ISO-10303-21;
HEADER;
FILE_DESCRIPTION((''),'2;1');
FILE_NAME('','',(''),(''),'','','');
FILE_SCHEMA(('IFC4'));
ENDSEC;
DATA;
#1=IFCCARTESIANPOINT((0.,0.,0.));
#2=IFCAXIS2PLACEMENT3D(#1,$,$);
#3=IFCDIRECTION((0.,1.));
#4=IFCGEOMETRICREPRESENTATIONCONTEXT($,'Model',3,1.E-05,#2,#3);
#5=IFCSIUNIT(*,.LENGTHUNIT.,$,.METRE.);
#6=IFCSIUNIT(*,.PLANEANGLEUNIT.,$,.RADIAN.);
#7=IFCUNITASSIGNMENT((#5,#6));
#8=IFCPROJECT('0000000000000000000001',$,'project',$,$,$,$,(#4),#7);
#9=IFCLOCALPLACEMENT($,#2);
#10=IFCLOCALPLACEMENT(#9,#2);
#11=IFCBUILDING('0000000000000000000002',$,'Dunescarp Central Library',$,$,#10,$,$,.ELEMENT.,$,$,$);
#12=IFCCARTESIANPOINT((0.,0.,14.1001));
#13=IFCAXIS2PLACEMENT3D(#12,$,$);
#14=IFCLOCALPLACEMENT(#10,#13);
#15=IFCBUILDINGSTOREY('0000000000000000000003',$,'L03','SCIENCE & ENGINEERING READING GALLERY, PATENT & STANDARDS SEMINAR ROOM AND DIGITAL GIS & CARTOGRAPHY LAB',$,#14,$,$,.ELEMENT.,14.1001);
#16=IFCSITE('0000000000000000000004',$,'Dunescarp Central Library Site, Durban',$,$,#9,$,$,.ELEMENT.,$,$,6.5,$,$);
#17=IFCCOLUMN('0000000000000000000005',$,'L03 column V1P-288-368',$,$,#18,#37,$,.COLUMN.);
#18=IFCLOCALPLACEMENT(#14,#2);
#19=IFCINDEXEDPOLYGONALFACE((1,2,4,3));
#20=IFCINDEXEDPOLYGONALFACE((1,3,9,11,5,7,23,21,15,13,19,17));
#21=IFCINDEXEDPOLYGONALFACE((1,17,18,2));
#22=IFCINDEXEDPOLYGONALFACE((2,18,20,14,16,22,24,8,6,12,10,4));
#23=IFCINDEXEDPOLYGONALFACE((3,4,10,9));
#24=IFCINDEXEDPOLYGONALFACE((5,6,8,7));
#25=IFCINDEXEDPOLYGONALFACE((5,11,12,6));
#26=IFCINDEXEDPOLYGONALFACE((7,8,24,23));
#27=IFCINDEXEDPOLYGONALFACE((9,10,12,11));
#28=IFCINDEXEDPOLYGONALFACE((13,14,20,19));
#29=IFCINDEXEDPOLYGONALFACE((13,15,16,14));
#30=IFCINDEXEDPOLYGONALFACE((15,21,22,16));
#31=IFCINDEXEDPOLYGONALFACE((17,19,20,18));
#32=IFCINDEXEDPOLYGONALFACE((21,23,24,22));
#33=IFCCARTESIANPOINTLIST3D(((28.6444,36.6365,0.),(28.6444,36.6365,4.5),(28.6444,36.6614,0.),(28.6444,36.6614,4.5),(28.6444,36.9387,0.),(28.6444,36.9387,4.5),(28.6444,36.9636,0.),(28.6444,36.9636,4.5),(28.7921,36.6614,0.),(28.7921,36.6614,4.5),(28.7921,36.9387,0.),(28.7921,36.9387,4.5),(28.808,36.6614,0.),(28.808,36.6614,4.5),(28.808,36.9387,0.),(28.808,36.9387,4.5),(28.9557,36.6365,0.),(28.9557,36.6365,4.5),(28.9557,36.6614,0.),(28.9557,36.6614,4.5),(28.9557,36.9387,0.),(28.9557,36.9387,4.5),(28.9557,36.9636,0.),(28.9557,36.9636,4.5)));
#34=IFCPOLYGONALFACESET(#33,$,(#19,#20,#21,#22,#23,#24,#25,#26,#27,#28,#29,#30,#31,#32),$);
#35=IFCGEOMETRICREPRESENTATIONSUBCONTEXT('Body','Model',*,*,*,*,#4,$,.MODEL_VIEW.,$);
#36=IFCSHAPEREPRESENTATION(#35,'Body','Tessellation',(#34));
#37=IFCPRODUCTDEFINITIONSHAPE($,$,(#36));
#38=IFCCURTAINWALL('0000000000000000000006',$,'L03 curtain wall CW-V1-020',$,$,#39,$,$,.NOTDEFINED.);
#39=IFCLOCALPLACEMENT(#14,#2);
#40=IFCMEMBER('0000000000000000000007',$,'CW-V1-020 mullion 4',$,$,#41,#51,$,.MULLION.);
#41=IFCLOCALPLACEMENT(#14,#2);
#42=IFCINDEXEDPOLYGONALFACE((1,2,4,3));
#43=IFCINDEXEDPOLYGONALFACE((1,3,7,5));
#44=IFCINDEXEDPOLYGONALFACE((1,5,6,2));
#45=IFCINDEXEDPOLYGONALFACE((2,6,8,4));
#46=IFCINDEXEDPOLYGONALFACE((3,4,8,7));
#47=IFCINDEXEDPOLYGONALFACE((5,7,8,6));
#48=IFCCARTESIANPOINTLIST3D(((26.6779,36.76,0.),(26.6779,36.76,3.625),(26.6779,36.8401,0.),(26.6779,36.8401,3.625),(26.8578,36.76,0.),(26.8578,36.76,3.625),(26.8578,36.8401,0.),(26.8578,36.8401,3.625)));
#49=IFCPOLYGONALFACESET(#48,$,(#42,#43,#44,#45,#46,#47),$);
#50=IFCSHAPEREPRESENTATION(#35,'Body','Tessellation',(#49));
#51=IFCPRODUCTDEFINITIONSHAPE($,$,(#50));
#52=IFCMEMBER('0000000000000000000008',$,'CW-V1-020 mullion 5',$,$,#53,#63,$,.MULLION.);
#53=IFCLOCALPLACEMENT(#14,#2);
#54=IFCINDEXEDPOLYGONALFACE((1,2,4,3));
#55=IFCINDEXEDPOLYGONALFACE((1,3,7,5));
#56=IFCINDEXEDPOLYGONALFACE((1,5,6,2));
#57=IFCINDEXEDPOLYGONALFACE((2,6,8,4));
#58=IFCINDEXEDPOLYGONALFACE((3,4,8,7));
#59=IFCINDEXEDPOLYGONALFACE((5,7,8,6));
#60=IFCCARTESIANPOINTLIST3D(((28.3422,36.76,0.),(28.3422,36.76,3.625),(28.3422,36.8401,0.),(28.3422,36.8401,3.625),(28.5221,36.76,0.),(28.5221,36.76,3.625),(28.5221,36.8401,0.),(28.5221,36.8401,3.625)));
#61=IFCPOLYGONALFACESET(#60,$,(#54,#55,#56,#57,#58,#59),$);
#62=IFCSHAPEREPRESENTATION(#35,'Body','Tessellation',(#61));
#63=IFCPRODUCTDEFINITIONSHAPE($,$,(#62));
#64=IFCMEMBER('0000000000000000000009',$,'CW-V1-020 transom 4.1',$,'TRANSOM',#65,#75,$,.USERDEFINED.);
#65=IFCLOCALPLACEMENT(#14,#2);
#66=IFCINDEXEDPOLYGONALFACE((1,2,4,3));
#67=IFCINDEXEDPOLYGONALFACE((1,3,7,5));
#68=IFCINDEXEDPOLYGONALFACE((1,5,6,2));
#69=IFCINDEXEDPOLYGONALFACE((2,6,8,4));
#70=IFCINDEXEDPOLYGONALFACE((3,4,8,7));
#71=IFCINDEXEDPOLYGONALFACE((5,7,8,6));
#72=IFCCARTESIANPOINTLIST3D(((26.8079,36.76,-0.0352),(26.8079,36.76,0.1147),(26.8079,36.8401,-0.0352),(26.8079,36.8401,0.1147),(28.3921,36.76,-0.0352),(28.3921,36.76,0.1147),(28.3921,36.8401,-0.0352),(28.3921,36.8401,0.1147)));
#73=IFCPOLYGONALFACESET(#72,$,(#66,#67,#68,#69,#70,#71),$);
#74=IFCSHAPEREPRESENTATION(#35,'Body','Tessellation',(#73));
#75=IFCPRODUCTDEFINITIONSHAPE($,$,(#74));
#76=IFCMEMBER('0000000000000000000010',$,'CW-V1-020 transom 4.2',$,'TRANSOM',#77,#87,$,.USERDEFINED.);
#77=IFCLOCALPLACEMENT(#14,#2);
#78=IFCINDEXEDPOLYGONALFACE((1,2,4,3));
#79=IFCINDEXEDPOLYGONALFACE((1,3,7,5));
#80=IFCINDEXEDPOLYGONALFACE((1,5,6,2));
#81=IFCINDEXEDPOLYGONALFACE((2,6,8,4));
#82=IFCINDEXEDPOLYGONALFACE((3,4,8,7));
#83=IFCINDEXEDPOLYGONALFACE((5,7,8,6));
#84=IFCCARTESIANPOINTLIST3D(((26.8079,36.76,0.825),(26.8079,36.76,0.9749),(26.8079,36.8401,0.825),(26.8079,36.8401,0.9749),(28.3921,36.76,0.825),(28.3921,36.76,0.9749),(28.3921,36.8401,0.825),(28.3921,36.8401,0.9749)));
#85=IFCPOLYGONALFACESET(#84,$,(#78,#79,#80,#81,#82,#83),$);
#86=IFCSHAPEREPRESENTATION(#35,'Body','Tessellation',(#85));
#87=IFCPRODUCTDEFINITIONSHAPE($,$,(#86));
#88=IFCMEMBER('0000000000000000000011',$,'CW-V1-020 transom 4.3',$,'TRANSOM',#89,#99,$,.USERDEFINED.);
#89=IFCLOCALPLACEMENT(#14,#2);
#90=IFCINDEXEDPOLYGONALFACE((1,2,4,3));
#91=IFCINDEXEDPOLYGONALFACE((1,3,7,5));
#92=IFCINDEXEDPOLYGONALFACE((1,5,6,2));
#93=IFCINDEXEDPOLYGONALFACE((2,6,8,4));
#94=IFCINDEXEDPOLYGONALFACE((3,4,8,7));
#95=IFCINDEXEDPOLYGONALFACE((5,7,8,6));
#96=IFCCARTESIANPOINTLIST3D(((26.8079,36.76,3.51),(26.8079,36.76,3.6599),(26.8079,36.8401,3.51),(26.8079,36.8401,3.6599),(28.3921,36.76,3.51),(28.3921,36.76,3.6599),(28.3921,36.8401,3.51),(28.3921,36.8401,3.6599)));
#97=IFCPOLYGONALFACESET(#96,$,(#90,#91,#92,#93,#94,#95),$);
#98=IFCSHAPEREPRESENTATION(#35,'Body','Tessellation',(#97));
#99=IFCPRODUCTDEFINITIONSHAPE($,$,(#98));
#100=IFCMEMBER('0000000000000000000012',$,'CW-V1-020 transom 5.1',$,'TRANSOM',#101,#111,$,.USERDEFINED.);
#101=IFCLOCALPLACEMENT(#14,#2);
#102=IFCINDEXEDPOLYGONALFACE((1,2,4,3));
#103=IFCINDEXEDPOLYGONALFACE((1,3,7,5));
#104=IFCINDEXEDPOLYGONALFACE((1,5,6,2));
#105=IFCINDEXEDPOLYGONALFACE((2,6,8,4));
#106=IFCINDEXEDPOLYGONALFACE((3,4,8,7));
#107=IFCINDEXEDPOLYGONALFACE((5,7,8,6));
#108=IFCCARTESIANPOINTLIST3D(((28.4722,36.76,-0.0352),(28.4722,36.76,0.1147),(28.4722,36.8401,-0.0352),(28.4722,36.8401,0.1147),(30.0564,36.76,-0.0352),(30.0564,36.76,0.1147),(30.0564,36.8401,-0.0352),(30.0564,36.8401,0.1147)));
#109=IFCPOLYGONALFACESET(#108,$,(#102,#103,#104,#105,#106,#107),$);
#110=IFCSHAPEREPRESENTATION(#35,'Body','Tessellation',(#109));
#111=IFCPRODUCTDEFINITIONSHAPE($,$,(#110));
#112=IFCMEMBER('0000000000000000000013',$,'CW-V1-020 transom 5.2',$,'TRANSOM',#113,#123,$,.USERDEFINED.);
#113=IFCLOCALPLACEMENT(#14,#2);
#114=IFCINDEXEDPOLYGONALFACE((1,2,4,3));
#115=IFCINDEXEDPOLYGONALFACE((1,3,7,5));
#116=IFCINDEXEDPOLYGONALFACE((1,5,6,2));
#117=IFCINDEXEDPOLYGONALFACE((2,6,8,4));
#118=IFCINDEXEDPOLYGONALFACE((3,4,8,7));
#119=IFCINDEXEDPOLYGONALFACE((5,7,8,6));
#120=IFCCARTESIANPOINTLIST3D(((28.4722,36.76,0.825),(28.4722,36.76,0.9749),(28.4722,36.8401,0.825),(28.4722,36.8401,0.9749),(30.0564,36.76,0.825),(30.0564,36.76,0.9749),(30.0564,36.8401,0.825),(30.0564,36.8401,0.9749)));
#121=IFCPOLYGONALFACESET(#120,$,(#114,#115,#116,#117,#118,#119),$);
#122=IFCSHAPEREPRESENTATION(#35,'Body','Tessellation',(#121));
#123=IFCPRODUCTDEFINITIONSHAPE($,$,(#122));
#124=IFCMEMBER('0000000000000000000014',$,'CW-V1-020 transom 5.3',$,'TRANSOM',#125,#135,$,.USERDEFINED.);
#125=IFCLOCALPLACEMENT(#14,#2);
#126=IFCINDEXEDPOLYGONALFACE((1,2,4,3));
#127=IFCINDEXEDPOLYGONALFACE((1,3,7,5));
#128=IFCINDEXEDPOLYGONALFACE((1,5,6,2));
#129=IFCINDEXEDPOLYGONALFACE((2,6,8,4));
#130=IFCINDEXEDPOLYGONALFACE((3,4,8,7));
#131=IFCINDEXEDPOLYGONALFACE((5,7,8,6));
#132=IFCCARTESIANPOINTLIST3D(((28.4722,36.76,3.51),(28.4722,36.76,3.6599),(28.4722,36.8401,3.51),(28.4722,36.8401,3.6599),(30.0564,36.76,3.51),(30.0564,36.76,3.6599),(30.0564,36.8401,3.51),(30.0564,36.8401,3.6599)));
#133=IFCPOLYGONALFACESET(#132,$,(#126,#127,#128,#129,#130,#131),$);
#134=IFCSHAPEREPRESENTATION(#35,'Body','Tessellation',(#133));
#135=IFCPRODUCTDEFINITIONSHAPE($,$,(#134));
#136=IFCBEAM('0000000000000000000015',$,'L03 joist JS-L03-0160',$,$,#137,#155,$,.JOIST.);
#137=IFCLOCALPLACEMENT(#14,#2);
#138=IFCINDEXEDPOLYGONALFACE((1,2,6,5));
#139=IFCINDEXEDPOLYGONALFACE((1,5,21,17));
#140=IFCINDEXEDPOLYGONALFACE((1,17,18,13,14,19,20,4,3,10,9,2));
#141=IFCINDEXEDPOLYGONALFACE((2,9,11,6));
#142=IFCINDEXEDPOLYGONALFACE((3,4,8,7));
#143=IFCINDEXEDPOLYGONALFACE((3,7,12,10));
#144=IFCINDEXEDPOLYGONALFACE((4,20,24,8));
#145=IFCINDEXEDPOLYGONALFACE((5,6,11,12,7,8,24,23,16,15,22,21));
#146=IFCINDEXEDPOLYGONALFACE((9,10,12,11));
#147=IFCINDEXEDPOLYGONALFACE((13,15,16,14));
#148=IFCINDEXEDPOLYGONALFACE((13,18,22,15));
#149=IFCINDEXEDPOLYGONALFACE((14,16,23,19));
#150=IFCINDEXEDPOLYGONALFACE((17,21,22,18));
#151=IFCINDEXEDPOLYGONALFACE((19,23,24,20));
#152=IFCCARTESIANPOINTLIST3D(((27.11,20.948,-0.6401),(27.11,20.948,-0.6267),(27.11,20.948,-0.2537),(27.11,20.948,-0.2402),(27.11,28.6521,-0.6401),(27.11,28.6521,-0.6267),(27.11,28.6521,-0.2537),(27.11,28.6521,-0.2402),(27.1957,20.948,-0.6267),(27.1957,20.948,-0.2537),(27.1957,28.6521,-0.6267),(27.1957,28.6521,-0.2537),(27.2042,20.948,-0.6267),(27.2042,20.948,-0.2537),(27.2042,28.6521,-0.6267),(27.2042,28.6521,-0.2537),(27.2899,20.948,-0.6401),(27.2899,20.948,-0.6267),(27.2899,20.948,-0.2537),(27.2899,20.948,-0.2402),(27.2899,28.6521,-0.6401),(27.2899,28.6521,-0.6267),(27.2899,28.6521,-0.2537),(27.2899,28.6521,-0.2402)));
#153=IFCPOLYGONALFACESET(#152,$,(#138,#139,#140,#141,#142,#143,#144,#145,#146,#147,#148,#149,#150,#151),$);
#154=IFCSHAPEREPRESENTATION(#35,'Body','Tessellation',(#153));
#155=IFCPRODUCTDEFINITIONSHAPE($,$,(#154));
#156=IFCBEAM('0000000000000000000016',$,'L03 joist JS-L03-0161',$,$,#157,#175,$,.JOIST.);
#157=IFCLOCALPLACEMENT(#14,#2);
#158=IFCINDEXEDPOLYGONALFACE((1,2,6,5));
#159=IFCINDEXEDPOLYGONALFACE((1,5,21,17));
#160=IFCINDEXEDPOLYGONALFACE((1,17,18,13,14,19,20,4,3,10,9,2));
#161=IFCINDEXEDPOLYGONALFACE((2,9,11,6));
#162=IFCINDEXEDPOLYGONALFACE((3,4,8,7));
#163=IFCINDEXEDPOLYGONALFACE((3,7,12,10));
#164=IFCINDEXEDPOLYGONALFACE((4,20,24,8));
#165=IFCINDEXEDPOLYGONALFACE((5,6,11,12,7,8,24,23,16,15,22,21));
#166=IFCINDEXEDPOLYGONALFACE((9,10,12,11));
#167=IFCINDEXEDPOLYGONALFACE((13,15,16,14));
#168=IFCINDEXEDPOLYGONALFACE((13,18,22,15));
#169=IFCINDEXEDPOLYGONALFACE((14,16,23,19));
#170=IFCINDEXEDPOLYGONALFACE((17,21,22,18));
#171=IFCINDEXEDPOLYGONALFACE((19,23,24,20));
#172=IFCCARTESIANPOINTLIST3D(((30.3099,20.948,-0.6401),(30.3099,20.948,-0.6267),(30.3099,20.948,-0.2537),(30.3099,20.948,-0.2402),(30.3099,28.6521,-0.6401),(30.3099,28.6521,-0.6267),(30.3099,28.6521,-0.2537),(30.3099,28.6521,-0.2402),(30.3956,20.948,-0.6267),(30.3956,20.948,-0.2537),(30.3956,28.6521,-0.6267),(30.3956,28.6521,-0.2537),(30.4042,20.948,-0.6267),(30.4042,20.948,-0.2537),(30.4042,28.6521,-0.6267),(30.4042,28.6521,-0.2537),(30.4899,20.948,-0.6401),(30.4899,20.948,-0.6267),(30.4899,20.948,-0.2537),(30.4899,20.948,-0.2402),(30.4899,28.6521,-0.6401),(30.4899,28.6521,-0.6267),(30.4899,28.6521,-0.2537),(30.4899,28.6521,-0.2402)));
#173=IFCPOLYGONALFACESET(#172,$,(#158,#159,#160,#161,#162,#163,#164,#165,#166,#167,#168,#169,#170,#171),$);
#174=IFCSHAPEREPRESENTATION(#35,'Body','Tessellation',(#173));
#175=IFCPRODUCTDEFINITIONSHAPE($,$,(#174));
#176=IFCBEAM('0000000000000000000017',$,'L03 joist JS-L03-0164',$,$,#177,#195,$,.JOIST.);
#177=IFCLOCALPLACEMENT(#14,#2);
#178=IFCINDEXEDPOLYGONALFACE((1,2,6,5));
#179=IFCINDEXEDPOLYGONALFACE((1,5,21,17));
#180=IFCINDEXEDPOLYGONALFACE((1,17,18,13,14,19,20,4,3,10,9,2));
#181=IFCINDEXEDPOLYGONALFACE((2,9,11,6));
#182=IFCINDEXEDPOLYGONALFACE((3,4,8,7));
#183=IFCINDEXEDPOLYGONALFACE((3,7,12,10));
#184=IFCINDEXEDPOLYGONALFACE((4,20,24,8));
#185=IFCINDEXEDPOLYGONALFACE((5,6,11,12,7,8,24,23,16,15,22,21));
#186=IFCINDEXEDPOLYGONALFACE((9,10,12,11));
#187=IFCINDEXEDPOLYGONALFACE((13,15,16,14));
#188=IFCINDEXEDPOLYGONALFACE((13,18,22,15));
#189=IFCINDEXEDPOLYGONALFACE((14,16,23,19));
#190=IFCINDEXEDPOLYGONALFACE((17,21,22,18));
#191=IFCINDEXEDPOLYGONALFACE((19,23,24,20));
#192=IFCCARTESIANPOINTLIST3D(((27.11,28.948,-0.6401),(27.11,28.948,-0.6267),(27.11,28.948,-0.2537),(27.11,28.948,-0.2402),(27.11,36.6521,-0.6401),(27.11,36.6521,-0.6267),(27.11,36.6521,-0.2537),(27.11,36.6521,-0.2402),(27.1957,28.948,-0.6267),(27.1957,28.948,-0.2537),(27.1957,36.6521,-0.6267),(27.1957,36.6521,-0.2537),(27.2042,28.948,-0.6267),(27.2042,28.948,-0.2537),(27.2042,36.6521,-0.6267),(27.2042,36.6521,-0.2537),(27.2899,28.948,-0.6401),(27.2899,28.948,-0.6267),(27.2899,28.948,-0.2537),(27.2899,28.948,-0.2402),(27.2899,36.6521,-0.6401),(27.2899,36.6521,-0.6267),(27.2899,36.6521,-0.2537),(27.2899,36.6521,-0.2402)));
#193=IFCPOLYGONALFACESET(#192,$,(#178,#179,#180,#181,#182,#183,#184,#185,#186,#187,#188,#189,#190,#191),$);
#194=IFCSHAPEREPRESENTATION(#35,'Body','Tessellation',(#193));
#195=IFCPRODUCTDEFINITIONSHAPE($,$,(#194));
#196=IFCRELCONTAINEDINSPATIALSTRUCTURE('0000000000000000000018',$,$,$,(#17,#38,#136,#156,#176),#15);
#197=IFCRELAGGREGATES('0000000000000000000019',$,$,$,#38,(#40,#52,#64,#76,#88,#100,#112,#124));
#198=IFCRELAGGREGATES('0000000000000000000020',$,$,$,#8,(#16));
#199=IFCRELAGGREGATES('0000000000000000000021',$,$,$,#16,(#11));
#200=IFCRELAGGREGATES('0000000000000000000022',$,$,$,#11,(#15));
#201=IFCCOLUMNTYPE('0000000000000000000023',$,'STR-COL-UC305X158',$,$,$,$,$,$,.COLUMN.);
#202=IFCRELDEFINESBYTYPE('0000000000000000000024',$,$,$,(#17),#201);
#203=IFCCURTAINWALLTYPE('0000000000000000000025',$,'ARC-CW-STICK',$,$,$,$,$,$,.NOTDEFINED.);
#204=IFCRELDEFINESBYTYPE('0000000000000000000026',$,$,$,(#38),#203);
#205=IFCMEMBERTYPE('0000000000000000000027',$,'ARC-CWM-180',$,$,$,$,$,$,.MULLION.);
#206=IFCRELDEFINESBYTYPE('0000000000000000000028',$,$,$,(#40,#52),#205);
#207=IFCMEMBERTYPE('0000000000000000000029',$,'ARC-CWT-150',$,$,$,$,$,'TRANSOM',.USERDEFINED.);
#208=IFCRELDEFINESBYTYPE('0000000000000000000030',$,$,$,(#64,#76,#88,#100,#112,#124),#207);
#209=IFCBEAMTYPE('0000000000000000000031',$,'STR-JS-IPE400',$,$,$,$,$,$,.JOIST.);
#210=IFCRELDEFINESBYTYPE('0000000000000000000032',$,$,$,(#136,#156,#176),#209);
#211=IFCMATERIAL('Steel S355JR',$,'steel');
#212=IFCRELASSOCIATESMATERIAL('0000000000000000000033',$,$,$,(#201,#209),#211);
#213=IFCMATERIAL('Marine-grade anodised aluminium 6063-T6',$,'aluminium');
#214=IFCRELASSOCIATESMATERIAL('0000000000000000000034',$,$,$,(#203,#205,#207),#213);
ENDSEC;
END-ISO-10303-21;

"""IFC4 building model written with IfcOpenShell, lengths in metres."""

from ifc_helpers import new_model, si_unit, direction, frame, origin, origin_2d, place, context, subcontext, project, spatial, rectangle, i_section, extrude, material, material_profile, profile_set, type_object, element, aggregate, save


model = new_model("IFC4")

# Units and contexts
model_context = context("Model", 3, precision=1e-05, world=origin(), true_north=direction((0.0, 1.0)))
body_context = subcontext(model_context, "Body", "Model", "MODEL_VIEW")
ifc_project = project(units=[si_unit("LENGTHUNIT", "METRE"), si_unit("PLANEANGLEUNIT", "RADIAN")], contexts=[model_context])

# Site, building, storey
site_placement = place(None, origin())
site = spatial("IfcSite", under=ifc_project, at=site_placement, Name="Dunescarp Central Library Site, Durban", CompositionType="ELEMENT", RefElevation=6.5)
building_placement = place(site_placement, origin())
building = spatial("IfcBuilding", under=site, at=building_placement, Name="Dunescarp Central Library", CompositionType="ELEMENT")
storey_placement = place(building_placement, frame((0.0, 0.0, 14.1001)))
storey = spatial("IfcBuildingStorey", under=building, at=storey_placement, Name="L03", Description="SCIENCE & ENGINEERING READING GALLERY, PATENT & STANDARDS SEMINAR ROOM AND DIGITAL GIS & CARTOGRAPHY LAB", CompositionType="ELEMENT", Elevation=14.1001)

# Column
ifc_material_1 = material(Name="Steel S355JR", Category="steel")
ifc_material_profile_1 = material_profile(ifc_material_1, i_section(OverallWidth=0.3113, OverallDepth=0.3271, WebThickness=0.0159, FlangeThickness=0.0249, at=origin_2d()), Name="UC 305x305x158")
ifc_profile_set_1 = profile_set([ifc_material_profile_1], Name="Steel S355JR")
column_type = type_object("IfcColumnType", Name="STR-COL-UC305X158", PredefinedType="COLUMN", material=ifc_profile_set_1)
column_placement = place(storey_placement, frame((28.8, 36.8, 0.0), z_axis=(0.0, 0.0, 1.0), x_axis=(1.0, 0.0, 0.0)))
element("IfcColumn", 1, at=column_placement, inside=storey, type_object=column_type, Name="L03 column V1P-288-368", PredefinedType="COLUMN", context=body_context, shape_type="SweptSolid", body=[
    extrude(i_section(OverallWidth=0.3113, OverallDepth=0.3271, WebThickness=0.0159, FlangeThickness=0.0249, at=origin_2d()), origin(), (0.0, 0.0, 1.0), 4.5),
])

# Curtain wall, members
ifc_material_2 = material(Name="Marine-grade anodised aluminium 6063-T6", Category="aluminium")
curtain_wall_type = type_object("IfcCurtainWallType", Name="ARC-CW-STICK", PredefinedType="NOTDEFINED", material=ifc_material_2)
curtain_wall_placement = place(storey_placement, origin())
curtain_wall = element("IfcCurtainWall", 2, at=curtain_wall_placement, inside=storey, type_object=curtain_wall_type, Name="L03 curtain wall CW-V1-020", PredefinedType="NOTDEFINED")
ifc_material_profile_2 = material_profile(ifc_material_2, rectangle(XDim=0.0801, YDim=0.1799, at=origin_2d()), Name="AL 80x180")
ifc_profile_set_2 = profile_set([ifc_material_profile_2], Name="Marine-grade anodised aluminium 6063-T6")
member_type_1 = type_object("IfcMemberType", Name="ARC-CWM-180", PredefinedType="MULLION", material=ifc_profile_set_2)
member_1_placement = place(storey_placement, frame((26.7678, 36.8, 0.0), z_axis=(0.0, 0.0, 1.0), x_axis=(0.0, 1.0, 0.0)))
member_1 = element("IfcMember", 3, at=member_1_placement, type_object=member_type_1, Name="CW-V1-020 mullion 4", PredefinedType="MULLION", context=body_context, shape_type="SweptSolid", body=[
    extrude(rectangle(XDim=0.0801, YDim=0.1799, at=origin_2d()), origin(), (0.0, 0.0, 1.0), 3.625),
])
member_2_placement = place(storey_placement, frame((28.4321, 36.8, 0.0), z_axis=(0.0, 0.0, 1.0), x_axis=(0.0, 1.0, 0.0)))
member_2 = element("IfcMember", 4, at=member_2_placement, type_object=member_type_1, Name="CW-V1-020 mullion 5", PredefinedType="MULLION", context=body_context, shape_type="SweptSolid", body=[
    extrude(rectangle(XDim=0.0801, YDim=0.1799, at=origin_2d()), origin(), (0.0, 0.0, 1.0), 3.625),
])
ifc_material_profile_3 = material_profile(ifc_material_2, rectangle(XDim=0.0801, YDim=0.1499, at=origin_2d()), Name="AL 80x150")
ifc_profile_set_3 = profile_set([ifc_material_profile_3], Name="Marine-grade anodised aluminium 6063-T6")
member_type_2 = type_object("IfcMemberType", Name="ARC-CWT-150", ElementType="TRANSOM", PredefinedType="USERDEFINED", material=ifc_profile_set_3)
member_3_placement = place(storey_placement, frame((26.8079, 36.8, 0.0398), z_axis=(1.0, 0.0, 0.0), x_axis=(0.0, 1.0, 0.0)))
member_3 = element("IfcMember", 5, at=member_3_placement, type_object=member_type_2, Name="CW-V1-020 transom 4.1", ObjectType="TRANSOM", PredefinedType="USERDEFINED", context=body_context, shape_type="SweptSolid", body=[
    extrude(rectangle(XDim=0.0801, YDim=0.1499, at=origin_2d()), origin(), (0.0, 0.0, 1.0), 1.5842),
])
member_4_placement = place(storey_placement, frame((26.8079, 36.8, 0.8999), z_axis=(1.0, 0.0, 0.0), x_axis=(0.0, 1.0, 0.0)))
member_4 = element("IfcMember", 6, at=member_4_placement, type_object=member_type_2, Name="CW-V1-020 transom 4.2", ObjectType="TRANSOM", PredefinedType="USERDEFINED", context=body_context, shape_type="SweptSolid", body=[
    extrude(rectangle(XDim=0.0801, YDim=0.1499, at=origin_2d()), origin(), (0.0, 0.0, 1.0), 1.5842),
])
member_5_placement = place(storey_placement, frame((26.8079, 36.8, 3.585), z_axis=(1.0, 0.0, 0.0), x_axis=(0.0, 1.0, 0.0)))
member_5 = element("IfcMember", 7, at=member_5_placement, type_object=member_type_2, Name="CW-V1-020 transom 4.3", ObjectType="TRANSOM", PredefinedType="USERDEFINED", context=body_context, shape_type="SweptSolid", body=[
    extrude(rectangle(XDim=0.0801, YDim=0.1499, at=origin_2d()), origin(), (0.0, 0.0, 1.0), 1.5842),
])
member_6_placement = place(storey_placement, frame((28.4722, 36.8, 0.0398), z_axis=(1.0, 0.0, 0.0), x_axis=(0.0, 1.0, 0.0)))
member_6 = element("IfcMember", 8, at=member_6_placement, type_object=member_type_2, Name="CW-V1-020 transom 5.1", ObjectType="TRANSOM", PredefinedType="USERDEFINED", context=body_context, shape_type="SweptSolid", body=[
    extrude(rectangle(XDim=0.0801, YDim=0.1499, at=origin_2d()), origin(), (0.0, 0.0, 1.0), 1.5842),
])
member_7_placement = place(storey_placement, frame((28.4722, 36.8, 0.8999), z_axis=(1.0, 0.0, 0.0), x_axis=(0.0, 1.0, 0.0)))
member_7 = element("IfcMember", 9, at=member_7_placement, type_object=member_type_2, Name="CW-V1-020 transom 5.2", ObjectType="TRANSOM", PredefinedType="USERDEFINED", context=body_context, shape_type="SweptSolid", body=[
    extrude(rectangle(XDim=0.0801, YDim=0.1499, at=origin_2d()), origin(), (0.0, 0.0, 1.0), 1.5842),
])
member_8_placement = place(storey_placement, frame((28.4722, 36.8, 3.585), z_axis=(1.0, 0.0, 0.0), x_axis=(0.0, 1.0, 0.0)))
member_8 = element("IfcMember", 10, at=member_8_placement, type_object=member_type_2, Name="CW-V1-020 transom 5.3", ObjectType="TRANSOM", PredefinedType="USERDEFINED", context=body_context, shape_type="SweptSolid", body=[
    extrude(rectangle(XDim=0.0801, YDim=0.1499, at=origin_2d()), origin(), (0.0, 0.0, 1.0), 1.5842),
])

# Beams
ifc_material_profile_4 = material_profile(ifc_material_1, i_section(OverallWidth=0.1799, OverallDepth=0.3999, WebThickness=0.0085, FlangeThickness=0.0134, at=origin_2d()), Name="IPE 400")
ifc_profile_set_4 = profile_set([ifc_material_profile_4], Name="Steel S355JR")
beam_type = type_object("IfcBeamType", Name="STR-JS-IPE400", PredefinedType="JOIST", material=ifc_profile_set_4)
for number, where, z_axis, x_axis, name in (
    (11, (27.2, 20.948, -0.4402), (0.0, 1.0, 0.0), (-1.0, 0.0, 0.0), "L03 joist JS-L03-0160"),
    (12, (30.3999, 20.948, -0.4402), (0.0, 1.0, 0.0), (-1.0, 0.0, 0.0), "L03 joist JS-L03-0161"),
    (13, (27.2, 28.948, -0.4402), (0.0, 1.0, 0.0), (-1.0, 0.0, 0.0), "L03 joist JS-L03-0164"),
):
    element("IfcBeam", number, at=place(storey_placement, frame(where, z_axis=z_axis, x_axis=x_axis)), inside=storey, type_object=beam_type, Name=name, PredefinedType="JOIST", context=body_context, shape_type="SweptSolid", body=[
        extrude(i_section(OverallWidth=0.1799, OverallDepth=0.3999, WebThickness=0.0085, FlangeThickness=0.0134, at=origin_2d()), origin(), (0.0, 0.0, 1.0), 7.7041),
    ])

aggregate(curtain_wall, [member_1, member_2, member_3, member_4, member_5, member_6, member_7, member_8])

save(model, "model.ifc")
